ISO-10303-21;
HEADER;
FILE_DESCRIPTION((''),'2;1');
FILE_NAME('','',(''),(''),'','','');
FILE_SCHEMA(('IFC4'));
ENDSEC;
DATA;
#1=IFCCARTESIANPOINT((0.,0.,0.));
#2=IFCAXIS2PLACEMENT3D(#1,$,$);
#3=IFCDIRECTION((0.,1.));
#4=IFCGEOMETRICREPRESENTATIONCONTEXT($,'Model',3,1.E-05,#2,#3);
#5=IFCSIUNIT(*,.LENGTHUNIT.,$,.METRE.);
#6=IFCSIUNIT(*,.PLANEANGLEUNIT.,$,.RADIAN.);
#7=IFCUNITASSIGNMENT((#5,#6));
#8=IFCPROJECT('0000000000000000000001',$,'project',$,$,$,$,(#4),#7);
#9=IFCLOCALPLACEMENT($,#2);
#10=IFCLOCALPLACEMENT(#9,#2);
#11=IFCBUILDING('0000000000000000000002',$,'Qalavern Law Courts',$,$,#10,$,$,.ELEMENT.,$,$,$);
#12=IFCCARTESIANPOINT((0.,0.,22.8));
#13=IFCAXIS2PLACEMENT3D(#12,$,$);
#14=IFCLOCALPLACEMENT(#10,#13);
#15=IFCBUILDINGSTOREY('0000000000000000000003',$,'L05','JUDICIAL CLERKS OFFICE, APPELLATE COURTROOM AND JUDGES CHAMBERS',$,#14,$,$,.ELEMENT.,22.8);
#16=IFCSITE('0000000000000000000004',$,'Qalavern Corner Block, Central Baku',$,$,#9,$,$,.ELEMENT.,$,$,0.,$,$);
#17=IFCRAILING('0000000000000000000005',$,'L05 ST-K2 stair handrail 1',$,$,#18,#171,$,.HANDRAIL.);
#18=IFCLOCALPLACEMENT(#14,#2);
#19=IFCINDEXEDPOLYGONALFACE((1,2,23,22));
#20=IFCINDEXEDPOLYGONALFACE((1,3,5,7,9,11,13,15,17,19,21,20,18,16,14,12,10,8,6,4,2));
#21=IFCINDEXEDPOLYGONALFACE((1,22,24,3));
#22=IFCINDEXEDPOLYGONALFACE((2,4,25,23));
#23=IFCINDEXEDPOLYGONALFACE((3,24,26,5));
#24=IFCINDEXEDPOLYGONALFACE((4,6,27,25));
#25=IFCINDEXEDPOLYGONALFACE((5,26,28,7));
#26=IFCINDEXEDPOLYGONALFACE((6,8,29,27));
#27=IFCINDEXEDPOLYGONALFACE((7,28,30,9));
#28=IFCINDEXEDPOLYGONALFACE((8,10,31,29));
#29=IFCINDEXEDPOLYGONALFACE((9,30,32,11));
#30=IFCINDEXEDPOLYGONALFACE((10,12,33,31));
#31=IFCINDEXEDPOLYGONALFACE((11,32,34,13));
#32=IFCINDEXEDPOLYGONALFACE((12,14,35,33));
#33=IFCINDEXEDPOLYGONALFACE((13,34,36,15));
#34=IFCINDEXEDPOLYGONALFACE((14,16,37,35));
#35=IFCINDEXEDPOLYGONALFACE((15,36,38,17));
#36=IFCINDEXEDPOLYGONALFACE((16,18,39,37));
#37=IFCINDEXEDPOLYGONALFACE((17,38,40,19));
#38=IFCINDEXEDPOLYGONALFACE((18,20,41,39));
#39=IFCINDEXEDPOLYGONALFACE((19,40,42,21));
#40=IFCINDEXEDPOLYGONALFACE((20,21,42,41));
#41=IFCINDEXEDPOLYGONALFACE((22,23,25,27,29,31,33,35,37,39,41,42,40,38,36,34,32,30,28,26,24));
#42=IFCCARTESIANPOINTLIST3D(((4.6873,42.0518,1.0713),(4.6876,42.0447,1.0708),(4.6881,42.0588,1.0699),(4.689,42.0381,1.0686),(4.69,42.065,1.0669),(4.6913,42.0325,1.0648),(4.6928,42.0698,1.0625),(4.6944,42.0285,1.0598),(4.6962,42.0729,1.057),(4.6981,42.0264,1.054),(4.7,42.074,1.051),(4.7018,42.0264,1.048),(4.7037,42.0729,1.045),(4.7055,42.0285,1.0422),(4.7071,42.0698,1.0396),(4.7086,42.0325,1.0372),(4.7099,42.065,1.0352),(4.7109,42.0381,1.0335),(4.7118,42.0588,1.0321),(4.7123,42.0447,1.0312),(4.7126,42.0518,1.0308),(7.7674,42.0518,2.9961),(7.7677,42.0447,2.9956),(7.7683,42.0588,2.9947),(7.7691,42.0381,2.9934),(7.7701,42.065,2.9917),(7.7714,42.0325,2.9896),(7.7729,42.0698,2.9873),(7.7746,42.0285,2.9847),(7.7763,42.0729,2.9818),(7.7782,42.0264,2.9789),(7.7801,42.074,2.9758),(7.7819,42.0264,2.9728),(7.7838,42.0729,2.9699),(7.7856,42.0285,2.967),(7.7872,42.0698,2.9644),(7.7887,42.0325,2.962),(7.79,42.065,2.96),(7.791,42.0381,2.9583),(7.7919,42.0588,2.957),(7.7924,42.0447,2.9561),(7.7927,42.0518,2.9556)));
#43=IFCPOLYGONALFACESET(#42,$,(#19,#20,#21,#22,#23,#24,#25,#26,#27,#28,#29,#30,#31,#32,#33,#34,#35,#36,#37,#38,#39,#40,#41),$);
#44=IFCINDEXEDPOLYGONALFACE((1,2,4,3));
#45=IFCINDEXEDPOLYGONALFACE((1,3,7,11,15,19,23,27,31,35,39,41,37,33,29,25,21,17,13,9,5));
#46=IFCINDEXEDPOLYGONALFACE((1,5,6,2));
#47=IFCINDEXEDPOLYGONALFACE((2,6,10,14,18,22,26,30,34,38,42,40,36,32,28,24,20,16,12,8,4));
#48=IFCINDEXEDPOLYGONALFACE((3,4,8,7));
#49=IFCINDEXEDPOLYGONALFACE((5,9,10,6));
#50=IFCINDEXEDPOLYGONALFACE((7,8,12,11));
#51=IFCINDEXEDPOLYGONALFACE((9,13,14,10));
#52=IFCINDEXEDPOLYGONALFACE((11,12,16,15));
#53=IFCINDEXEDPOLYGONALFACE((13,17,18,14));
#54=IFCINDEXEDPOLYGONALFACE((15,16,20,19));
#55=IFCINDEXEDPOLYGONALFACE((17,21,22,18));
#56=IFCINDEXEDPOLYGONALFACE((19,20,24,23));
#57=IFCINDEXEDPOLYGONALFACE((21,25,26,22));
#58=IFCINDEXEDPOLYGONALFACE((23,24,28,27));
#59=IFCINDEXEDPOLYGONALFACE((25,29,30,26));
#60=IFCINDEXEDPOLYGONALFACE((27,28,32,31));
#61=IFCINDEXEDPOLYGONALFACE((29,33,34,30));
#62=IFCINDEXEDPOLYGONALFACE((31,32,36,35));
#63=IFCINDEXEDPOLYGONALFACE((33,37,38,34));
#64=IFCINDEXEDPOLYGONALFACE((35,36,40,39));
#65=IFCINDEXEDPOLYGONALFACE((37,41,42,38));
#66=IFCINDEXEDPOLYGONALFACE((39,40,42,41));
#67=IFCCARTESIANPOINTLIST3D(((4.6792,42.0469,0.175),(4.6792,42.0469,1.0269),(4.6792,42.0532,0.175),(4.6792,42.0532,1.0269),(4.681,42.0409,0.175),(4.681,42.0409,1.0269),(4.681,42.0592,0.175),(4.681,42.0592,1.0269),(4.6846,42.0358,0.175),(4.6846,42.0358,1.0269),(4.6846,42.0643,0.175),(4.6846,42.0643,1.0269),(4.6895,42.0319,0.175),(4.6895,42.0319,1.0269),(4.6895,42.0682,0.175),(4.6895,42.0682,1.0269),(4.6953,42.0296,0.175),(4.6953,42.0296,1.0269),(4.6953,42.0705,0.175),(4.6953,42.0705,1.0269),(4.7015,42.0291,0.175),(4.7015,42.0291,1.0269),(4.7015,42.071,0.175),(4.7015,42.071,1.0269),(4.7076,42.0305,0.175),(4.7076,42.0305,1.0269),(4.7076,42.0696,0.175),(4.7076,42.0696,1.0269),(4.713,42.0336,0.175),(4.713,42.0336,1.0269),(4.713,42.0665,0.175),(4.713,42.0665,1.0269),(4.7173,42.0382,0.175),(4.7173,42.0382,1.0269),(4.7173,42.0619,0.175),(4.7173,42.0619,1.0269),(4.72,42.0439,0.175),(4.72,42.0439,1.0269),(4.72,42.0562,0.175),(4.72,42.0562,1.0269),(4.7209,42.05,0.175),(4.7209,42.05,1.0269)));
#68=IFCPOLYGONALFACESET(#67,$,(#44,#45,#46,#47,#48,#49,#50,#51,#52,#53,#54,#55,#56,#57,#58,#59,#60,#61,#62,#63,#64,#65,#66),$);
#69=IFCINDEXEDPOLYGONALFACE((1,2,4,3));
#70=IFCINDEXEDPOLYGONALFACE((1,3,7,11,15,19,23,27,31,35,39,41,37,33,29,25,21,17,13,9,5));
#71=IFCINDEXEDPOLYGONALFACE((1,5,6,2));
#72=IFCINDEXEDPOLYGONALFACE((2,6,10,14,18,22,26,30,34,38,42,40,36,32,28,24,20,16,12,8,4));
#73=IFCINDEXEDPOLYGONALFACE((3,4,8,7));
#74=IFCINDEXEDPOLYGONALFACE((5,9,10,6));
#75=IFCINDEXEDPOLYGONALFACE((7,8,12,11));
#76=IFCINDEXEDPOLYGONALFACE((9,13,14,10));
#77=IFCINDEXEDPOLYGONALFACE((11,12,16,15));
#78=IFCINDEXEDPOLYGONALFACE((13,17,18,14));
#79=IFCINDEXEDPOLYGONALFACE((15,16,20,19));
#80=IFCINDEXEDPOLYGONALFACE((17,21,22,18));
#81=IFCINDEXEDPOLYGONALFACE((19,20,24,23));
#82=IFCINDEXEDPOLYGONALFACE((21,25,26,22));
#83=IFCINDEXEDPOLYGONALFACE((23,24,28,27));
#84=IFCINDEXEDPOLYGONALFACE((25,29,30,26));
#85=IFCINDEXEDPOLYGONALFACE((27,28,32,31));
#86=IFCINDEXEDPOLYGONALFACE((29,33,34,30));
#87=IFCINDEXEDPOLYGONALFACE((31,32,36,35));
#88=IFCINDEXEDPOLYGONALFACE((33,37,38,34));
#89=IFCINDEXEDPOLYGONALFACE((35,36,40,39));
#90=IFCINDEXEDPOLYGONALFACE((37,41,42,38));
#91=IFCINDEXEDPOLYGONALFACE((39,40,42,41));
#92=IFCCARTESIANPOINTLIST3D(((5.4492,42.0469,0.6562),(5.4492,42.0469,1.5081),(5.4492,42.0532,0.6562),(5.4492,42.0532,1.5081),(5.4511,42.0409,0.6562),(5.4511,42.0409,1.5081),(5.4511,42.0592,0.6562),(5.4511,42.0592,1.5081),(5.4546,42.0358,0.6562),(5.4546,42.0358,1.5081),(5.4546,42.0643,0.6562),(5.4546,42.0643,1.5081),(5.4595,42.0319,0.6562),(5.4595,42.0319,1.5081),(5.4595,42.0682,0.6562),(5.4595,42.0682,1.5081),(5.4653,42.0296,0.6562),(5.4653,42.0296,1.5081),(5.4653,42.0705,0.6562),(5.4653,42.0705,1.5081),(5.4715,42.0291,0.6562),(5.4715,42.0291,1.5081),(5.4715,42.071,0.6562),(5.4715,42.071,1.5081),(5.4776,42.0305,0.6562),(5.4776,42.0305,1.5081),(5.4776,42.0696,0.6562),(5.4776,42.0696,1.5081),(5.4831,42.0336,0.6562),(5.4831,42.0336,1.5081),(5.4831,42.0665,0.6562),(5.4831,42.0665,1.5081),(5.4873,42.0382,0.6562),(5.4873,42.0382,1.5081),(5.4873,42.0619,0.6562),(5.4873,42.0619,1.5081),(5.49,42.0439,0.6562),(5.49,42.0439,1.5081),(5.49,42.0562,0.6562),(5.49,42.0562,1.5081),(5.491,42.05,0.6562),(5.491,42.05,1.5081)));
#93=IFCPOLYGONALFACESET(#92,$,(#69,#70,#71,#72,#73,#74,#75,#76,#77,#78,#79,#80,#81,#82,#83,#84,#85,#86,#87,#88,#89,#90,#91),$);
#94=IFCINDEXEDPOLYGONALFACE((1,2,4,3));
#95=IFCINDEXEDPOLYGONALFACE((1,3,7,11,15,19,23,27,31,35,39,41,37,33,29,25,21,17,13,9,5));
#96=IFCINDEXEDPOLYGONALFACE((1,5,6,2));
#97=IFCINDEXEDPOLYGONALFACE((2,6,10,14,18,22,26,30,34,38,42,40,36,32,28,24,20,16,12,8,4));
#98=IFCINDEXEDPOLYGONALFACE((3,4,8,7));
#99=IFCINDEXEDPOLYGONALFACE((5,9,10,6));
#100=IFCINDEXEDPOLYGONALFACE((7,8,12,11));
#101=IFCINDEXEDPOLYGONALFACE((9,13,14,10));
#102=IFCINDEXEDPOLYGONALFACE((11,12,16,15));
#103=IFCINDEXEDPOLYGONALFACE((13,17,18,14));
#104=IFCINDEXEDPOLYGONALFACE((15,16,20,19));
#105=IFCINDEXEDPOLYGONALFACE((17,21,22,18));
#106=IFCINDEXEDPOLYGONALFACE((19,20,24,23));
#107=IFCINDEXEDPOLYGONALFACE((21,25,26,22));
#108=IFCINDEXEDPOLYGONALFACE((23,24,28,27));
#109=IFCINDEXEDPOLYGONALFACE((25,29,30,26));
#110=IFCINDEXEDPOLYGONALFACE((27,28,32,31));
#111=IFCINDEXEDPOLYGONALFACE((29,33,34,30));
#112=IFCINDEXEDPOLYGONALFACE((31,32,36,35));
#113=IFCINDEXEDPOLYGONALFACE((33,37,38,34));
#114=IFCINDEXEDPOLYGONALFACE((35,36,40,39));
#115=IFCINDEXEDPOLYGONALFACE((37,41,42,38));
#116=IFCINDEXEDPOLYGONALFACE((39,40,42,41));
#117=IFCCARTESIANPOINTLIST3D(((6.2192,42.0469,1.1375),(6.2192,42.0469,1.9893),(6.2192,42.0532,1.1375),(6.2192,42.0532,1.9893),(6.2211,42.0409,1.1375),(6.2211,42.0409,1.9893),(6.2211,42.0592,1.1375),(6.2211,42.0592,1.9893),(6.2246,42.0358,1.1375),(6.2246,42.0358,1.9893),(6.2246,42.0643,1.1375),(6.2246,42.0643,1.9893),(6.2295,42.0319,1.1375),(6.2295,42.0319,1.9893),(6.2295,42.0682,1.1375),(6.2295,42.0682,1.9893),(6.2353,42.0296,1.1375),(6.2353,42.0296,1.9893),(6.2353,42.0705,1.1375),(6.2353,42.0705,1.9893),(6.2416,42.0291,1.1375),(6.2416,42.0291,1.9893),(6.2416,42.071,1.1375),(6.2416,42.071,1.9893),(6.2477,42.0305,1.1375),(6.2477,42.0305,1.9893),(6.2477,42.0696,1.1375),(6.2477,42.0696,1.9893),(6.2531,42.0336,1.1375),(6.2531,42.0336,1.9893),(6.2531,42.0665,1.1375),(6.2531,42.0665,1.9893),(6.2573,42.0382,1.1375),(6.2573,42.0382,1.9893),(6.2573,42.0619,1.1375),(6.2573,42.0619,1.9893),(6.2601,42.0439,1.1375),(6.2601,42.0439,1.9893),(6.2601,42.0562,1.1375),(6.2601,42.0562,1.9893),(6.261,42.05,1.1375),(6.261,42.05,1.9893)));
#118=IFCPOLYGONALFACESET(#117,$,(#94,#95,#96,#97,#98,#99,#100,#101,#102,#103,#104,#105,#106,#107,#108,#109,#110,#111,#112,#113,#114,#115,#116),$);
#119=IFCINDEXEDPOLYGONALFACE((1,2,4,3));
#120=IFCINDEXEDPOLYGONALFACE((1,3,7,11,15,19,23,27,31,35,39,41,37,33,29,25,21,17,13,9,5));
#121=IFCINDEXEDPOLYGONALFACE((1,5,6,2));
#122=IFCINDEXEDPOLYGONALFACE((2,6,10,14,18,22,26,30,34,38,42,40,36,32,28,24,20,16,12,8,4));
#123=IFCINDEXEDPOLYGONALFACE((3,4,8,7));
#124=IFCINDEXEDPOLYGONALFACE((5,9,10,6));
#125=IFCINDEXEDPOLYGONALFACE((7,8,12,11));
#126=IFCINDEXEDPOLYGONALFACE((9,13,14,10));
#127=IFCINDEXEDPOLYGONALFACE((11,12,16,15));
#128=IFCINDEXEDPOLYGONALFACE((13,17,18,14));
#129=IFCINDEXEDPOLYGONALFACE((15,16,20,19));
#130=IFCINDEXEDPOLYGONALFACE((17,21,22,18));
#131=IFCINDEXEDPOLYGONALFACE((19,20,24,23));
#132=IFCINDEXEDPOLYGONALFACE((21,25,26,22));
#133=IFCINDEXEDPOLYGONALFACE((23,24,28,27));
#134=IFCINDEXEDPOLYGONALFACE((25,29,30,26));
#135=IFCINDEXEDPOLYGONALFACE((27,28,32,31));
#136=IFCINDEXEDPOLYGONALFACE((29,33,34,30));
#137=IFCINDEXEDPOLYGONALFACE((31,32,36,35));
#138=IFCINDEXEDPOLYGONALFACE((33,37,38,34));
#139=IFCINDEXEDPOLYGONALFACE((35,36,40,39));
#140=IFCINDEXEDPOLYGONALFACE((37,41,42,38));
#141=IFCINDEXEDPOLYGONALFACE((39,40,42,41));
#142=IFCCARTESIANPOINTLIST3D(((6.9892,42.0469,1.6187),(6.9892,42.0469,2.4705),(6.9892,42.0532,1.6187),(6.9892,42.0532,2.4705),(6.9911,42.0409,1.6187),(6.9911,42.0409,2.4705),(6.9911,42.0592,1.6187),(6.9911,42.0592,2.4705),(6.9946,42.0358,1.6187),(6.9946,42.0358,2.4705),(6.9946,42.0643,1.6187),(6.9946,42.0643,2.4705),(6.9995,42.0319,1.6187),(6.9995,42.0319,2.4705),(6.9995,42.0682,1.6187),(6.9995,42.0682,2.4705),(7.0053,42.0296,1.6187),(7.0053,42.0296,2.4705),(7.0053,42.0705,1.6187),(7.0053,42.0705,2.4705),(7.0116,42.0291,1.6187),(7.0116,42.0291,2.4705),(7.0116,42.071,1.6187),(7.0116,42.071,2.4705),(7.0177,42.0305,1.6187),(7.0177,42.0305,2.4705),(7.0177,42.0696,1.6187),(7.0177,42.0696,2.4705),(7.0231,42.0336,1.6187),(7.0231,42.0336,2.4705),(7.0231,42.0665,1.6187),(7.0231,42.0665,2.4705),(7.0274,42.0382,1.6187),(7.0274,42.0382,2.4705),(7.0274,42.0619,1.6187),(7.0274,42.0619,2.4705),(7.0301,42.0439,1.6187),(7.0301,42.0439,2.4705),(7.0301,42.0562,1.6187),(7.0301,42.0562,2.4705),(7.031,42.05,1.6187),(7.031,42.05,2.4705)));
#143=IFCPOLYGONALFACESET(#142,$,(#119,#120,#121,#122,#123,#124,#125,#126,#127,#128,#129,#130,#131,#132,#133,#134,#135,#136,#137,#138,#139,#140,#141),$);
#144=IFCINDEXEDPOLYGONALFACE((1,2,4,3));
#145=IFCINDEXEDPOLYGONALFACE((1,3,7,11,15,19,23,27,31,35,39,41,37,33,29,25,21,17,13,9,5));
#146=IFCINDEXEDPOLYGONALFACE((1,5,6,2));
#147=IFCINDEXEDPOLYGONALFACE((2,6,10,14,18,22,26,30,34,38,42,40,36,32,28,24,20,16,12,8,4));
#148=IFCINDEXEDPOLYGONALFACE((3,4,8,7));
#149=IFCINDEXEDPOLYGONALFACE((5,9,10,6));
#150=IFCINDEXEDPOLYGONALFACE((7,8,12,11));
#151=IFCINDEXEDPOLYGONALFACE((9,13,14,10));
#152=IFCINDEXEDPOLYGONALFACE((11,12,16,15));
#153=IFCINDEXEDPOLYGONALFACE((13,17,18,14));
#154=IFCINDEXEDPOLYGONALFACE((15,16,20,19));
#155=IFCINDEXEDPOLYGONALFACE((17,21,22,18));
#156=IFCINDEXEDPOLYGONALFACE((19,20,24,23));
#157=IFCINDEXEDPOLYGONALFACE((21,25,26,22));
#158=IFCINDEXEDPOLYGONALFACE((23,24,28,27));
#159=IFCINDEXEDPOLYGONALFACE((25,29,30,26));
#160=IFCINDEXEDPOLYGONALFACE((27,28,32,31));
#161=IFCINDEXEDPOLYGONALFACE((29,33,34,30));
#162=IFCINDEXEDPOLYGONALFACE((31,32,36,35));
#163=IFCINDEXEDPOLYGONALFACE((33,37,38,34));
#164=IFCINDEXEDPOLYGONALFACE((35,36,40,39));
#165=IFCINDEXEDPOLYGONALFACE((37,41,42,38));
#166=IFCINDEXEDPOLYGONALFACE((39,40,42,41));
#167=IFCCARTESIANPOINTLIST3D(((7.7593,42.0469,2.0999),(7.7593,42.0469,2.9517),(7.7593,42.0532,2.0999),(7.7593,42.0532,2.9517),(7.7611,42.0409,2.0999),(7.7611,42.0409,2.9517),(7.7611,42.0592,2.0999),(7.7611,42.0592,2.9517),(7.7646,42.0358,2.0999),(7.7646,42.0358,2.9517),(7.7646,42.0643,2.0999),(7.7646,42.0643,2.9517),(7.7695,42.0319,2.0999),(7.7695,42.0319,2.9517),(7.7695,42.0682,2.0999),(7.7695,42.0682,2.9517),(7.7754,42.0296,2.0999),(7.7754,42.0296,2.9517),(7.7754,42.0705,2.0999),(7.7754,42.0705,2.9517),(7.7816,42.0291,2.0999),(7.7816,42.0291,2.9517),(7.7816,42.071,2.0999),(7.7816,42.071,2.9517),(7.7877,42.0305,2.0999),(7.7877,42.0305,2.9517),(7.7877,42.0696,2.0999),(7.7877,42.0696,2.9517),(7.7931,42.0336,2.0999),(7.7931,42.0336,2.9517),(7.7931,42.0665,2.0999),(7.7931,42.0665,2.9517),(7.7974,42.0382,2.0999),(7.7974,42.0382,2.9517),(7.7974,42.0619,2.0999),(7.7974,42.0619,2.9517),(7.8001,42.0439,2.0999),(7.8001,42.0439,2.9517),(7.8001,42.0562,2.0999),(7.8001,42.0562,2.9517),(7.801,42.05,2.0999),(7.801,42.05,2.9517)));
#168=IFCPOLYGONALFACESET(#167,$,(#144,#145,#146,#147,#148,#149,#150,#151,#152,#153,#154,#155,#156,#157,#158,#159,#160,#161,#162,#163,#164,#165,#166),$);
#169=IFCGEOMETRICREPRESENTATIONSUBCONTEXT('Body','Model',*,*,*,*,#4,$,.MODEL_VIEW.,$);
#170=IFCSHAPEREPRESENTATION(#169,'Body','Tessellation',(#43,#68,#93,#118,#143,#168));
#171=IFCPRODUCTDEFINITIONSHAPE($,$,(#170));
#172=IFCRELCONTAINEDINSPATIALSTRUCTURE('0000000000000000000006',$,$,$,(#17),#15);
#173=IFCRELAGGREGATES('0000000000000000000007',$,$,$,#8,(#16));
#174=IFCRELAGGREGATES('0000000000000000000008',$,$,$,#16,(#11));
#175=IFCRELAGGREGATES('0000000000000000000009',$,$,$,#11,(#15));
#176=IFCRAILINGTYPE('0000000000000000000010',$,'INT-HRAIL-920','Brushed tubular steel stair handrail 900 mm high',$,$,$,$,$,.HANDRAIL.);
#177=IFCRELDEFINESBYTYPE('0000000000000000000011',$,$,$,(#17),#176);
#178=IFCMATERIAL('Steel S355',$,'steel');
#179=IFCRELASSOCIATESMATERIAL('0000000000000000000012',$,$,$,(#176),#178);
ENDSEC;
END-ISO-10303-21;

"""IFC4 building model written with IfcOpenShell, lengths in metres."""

from ifc_helpers import new_model, si_unit, direction, frame, origin, origin_2d, place, context, subcontext, project, spatial, circle, extrude, material, type_object, element, save


model = new_model("IFC4")

# Units and contexts
model_context = context("Model", 3, precision=1e-05, world=origin(), true_north=direction((0.0, 1.0)))
body_context = subcontext(model_context, "Body", "Model", "MODEL_VIEW")
ifc_project = project(units=[si_unit("LENGTHUNIT", "METRE"), si_unit("PLANEANGLEUNIT", "RADIAN")], contexts=[model_context])

# Site, building, storey
site_placement = place(None, origin())
site = spatial("IfcSite", under=ifc_project, at=site_placement, Name="Qalavern Corner Block, Central Baku", CompositionType="ELEMENT", RefElevation=0.0)
building_placement = place(site_placement, origin())
building = spatial("IfcBuilding", under=site, at=building_placement, Name="Qalavern Law Courts", CompositionType="ELEMENT")
storey_placement = place(building_placement, frame((0.0, 0.0, 22.8)))
storey = spatial("IfcBuildingStorey", under=building, at=storey_placement, Name="L05", Description="JUDICIAL CLERKS OFFICE, APPELLATE COURTROOM AND JUDGES CHAMBERS", CompositionType="ELEMENT", Elevation=22.8)

# Shared definitions
ifc_material_1 = material(Name="Steel S355", Category="steel")

# Railing
railing_type_1 = type_object("IfcRailingType", Name="INT-HRAIL-920", Description="Brushed tubular steel stair handrail 900 mm high", PredefinedType="HANDRAIL", material=ifc_material_1)
railing_1_placement = place(storey_placement, frame((4.7, 42.05, 0.175)))
element("IfcRailing", 1, at=railing_1_placement, inside=storey, type_object=railing_type_1, Name="L05 ST-K2 stair handrail 1", PredefinedType="HANDRAIL", context=body_context, shape_type="SweptSolid", body=[
    extrude(circle(Radius=0.0239, at=origin_2d()), frame((0.0, 0.0, 0.876), z_axis=(0.848029, 0.0, 0.529951), x_axis=(0.0, 1.0, 0.0)), (0.0, 0.0, 1.0), 3.6321),
    extrude(circle(Radius=0.021, at=origin_2d()), origin(), (0.0, 0.0, 1.0), 0.8518),
    extrude(circle(Radius=0.021, at=origin_2d()), frame((0.77, 0.0, 0.4812)), (0.0, 0.0, 1.0), 0.8518),
    extrude(circle(Radius=0.021, at=origin_2d()), frame((1.54, 0.0, 0.9624)), (0.0, 0.0, 1.0), 0.8518),
    extrude(circle(Radius=0.021, at=origin_2d()), frame((2.3101, 0.0, 1.4436)), (0.0, 0.0, 1.0), 0.8518),
    extrude(circle(Radius=0.021, at=origin_2d()), frame((3.0801, 0.0, 1.9248)), (0.0, 0.0, 1.0), 0.8518),
])

save(model, "model.ifc")
